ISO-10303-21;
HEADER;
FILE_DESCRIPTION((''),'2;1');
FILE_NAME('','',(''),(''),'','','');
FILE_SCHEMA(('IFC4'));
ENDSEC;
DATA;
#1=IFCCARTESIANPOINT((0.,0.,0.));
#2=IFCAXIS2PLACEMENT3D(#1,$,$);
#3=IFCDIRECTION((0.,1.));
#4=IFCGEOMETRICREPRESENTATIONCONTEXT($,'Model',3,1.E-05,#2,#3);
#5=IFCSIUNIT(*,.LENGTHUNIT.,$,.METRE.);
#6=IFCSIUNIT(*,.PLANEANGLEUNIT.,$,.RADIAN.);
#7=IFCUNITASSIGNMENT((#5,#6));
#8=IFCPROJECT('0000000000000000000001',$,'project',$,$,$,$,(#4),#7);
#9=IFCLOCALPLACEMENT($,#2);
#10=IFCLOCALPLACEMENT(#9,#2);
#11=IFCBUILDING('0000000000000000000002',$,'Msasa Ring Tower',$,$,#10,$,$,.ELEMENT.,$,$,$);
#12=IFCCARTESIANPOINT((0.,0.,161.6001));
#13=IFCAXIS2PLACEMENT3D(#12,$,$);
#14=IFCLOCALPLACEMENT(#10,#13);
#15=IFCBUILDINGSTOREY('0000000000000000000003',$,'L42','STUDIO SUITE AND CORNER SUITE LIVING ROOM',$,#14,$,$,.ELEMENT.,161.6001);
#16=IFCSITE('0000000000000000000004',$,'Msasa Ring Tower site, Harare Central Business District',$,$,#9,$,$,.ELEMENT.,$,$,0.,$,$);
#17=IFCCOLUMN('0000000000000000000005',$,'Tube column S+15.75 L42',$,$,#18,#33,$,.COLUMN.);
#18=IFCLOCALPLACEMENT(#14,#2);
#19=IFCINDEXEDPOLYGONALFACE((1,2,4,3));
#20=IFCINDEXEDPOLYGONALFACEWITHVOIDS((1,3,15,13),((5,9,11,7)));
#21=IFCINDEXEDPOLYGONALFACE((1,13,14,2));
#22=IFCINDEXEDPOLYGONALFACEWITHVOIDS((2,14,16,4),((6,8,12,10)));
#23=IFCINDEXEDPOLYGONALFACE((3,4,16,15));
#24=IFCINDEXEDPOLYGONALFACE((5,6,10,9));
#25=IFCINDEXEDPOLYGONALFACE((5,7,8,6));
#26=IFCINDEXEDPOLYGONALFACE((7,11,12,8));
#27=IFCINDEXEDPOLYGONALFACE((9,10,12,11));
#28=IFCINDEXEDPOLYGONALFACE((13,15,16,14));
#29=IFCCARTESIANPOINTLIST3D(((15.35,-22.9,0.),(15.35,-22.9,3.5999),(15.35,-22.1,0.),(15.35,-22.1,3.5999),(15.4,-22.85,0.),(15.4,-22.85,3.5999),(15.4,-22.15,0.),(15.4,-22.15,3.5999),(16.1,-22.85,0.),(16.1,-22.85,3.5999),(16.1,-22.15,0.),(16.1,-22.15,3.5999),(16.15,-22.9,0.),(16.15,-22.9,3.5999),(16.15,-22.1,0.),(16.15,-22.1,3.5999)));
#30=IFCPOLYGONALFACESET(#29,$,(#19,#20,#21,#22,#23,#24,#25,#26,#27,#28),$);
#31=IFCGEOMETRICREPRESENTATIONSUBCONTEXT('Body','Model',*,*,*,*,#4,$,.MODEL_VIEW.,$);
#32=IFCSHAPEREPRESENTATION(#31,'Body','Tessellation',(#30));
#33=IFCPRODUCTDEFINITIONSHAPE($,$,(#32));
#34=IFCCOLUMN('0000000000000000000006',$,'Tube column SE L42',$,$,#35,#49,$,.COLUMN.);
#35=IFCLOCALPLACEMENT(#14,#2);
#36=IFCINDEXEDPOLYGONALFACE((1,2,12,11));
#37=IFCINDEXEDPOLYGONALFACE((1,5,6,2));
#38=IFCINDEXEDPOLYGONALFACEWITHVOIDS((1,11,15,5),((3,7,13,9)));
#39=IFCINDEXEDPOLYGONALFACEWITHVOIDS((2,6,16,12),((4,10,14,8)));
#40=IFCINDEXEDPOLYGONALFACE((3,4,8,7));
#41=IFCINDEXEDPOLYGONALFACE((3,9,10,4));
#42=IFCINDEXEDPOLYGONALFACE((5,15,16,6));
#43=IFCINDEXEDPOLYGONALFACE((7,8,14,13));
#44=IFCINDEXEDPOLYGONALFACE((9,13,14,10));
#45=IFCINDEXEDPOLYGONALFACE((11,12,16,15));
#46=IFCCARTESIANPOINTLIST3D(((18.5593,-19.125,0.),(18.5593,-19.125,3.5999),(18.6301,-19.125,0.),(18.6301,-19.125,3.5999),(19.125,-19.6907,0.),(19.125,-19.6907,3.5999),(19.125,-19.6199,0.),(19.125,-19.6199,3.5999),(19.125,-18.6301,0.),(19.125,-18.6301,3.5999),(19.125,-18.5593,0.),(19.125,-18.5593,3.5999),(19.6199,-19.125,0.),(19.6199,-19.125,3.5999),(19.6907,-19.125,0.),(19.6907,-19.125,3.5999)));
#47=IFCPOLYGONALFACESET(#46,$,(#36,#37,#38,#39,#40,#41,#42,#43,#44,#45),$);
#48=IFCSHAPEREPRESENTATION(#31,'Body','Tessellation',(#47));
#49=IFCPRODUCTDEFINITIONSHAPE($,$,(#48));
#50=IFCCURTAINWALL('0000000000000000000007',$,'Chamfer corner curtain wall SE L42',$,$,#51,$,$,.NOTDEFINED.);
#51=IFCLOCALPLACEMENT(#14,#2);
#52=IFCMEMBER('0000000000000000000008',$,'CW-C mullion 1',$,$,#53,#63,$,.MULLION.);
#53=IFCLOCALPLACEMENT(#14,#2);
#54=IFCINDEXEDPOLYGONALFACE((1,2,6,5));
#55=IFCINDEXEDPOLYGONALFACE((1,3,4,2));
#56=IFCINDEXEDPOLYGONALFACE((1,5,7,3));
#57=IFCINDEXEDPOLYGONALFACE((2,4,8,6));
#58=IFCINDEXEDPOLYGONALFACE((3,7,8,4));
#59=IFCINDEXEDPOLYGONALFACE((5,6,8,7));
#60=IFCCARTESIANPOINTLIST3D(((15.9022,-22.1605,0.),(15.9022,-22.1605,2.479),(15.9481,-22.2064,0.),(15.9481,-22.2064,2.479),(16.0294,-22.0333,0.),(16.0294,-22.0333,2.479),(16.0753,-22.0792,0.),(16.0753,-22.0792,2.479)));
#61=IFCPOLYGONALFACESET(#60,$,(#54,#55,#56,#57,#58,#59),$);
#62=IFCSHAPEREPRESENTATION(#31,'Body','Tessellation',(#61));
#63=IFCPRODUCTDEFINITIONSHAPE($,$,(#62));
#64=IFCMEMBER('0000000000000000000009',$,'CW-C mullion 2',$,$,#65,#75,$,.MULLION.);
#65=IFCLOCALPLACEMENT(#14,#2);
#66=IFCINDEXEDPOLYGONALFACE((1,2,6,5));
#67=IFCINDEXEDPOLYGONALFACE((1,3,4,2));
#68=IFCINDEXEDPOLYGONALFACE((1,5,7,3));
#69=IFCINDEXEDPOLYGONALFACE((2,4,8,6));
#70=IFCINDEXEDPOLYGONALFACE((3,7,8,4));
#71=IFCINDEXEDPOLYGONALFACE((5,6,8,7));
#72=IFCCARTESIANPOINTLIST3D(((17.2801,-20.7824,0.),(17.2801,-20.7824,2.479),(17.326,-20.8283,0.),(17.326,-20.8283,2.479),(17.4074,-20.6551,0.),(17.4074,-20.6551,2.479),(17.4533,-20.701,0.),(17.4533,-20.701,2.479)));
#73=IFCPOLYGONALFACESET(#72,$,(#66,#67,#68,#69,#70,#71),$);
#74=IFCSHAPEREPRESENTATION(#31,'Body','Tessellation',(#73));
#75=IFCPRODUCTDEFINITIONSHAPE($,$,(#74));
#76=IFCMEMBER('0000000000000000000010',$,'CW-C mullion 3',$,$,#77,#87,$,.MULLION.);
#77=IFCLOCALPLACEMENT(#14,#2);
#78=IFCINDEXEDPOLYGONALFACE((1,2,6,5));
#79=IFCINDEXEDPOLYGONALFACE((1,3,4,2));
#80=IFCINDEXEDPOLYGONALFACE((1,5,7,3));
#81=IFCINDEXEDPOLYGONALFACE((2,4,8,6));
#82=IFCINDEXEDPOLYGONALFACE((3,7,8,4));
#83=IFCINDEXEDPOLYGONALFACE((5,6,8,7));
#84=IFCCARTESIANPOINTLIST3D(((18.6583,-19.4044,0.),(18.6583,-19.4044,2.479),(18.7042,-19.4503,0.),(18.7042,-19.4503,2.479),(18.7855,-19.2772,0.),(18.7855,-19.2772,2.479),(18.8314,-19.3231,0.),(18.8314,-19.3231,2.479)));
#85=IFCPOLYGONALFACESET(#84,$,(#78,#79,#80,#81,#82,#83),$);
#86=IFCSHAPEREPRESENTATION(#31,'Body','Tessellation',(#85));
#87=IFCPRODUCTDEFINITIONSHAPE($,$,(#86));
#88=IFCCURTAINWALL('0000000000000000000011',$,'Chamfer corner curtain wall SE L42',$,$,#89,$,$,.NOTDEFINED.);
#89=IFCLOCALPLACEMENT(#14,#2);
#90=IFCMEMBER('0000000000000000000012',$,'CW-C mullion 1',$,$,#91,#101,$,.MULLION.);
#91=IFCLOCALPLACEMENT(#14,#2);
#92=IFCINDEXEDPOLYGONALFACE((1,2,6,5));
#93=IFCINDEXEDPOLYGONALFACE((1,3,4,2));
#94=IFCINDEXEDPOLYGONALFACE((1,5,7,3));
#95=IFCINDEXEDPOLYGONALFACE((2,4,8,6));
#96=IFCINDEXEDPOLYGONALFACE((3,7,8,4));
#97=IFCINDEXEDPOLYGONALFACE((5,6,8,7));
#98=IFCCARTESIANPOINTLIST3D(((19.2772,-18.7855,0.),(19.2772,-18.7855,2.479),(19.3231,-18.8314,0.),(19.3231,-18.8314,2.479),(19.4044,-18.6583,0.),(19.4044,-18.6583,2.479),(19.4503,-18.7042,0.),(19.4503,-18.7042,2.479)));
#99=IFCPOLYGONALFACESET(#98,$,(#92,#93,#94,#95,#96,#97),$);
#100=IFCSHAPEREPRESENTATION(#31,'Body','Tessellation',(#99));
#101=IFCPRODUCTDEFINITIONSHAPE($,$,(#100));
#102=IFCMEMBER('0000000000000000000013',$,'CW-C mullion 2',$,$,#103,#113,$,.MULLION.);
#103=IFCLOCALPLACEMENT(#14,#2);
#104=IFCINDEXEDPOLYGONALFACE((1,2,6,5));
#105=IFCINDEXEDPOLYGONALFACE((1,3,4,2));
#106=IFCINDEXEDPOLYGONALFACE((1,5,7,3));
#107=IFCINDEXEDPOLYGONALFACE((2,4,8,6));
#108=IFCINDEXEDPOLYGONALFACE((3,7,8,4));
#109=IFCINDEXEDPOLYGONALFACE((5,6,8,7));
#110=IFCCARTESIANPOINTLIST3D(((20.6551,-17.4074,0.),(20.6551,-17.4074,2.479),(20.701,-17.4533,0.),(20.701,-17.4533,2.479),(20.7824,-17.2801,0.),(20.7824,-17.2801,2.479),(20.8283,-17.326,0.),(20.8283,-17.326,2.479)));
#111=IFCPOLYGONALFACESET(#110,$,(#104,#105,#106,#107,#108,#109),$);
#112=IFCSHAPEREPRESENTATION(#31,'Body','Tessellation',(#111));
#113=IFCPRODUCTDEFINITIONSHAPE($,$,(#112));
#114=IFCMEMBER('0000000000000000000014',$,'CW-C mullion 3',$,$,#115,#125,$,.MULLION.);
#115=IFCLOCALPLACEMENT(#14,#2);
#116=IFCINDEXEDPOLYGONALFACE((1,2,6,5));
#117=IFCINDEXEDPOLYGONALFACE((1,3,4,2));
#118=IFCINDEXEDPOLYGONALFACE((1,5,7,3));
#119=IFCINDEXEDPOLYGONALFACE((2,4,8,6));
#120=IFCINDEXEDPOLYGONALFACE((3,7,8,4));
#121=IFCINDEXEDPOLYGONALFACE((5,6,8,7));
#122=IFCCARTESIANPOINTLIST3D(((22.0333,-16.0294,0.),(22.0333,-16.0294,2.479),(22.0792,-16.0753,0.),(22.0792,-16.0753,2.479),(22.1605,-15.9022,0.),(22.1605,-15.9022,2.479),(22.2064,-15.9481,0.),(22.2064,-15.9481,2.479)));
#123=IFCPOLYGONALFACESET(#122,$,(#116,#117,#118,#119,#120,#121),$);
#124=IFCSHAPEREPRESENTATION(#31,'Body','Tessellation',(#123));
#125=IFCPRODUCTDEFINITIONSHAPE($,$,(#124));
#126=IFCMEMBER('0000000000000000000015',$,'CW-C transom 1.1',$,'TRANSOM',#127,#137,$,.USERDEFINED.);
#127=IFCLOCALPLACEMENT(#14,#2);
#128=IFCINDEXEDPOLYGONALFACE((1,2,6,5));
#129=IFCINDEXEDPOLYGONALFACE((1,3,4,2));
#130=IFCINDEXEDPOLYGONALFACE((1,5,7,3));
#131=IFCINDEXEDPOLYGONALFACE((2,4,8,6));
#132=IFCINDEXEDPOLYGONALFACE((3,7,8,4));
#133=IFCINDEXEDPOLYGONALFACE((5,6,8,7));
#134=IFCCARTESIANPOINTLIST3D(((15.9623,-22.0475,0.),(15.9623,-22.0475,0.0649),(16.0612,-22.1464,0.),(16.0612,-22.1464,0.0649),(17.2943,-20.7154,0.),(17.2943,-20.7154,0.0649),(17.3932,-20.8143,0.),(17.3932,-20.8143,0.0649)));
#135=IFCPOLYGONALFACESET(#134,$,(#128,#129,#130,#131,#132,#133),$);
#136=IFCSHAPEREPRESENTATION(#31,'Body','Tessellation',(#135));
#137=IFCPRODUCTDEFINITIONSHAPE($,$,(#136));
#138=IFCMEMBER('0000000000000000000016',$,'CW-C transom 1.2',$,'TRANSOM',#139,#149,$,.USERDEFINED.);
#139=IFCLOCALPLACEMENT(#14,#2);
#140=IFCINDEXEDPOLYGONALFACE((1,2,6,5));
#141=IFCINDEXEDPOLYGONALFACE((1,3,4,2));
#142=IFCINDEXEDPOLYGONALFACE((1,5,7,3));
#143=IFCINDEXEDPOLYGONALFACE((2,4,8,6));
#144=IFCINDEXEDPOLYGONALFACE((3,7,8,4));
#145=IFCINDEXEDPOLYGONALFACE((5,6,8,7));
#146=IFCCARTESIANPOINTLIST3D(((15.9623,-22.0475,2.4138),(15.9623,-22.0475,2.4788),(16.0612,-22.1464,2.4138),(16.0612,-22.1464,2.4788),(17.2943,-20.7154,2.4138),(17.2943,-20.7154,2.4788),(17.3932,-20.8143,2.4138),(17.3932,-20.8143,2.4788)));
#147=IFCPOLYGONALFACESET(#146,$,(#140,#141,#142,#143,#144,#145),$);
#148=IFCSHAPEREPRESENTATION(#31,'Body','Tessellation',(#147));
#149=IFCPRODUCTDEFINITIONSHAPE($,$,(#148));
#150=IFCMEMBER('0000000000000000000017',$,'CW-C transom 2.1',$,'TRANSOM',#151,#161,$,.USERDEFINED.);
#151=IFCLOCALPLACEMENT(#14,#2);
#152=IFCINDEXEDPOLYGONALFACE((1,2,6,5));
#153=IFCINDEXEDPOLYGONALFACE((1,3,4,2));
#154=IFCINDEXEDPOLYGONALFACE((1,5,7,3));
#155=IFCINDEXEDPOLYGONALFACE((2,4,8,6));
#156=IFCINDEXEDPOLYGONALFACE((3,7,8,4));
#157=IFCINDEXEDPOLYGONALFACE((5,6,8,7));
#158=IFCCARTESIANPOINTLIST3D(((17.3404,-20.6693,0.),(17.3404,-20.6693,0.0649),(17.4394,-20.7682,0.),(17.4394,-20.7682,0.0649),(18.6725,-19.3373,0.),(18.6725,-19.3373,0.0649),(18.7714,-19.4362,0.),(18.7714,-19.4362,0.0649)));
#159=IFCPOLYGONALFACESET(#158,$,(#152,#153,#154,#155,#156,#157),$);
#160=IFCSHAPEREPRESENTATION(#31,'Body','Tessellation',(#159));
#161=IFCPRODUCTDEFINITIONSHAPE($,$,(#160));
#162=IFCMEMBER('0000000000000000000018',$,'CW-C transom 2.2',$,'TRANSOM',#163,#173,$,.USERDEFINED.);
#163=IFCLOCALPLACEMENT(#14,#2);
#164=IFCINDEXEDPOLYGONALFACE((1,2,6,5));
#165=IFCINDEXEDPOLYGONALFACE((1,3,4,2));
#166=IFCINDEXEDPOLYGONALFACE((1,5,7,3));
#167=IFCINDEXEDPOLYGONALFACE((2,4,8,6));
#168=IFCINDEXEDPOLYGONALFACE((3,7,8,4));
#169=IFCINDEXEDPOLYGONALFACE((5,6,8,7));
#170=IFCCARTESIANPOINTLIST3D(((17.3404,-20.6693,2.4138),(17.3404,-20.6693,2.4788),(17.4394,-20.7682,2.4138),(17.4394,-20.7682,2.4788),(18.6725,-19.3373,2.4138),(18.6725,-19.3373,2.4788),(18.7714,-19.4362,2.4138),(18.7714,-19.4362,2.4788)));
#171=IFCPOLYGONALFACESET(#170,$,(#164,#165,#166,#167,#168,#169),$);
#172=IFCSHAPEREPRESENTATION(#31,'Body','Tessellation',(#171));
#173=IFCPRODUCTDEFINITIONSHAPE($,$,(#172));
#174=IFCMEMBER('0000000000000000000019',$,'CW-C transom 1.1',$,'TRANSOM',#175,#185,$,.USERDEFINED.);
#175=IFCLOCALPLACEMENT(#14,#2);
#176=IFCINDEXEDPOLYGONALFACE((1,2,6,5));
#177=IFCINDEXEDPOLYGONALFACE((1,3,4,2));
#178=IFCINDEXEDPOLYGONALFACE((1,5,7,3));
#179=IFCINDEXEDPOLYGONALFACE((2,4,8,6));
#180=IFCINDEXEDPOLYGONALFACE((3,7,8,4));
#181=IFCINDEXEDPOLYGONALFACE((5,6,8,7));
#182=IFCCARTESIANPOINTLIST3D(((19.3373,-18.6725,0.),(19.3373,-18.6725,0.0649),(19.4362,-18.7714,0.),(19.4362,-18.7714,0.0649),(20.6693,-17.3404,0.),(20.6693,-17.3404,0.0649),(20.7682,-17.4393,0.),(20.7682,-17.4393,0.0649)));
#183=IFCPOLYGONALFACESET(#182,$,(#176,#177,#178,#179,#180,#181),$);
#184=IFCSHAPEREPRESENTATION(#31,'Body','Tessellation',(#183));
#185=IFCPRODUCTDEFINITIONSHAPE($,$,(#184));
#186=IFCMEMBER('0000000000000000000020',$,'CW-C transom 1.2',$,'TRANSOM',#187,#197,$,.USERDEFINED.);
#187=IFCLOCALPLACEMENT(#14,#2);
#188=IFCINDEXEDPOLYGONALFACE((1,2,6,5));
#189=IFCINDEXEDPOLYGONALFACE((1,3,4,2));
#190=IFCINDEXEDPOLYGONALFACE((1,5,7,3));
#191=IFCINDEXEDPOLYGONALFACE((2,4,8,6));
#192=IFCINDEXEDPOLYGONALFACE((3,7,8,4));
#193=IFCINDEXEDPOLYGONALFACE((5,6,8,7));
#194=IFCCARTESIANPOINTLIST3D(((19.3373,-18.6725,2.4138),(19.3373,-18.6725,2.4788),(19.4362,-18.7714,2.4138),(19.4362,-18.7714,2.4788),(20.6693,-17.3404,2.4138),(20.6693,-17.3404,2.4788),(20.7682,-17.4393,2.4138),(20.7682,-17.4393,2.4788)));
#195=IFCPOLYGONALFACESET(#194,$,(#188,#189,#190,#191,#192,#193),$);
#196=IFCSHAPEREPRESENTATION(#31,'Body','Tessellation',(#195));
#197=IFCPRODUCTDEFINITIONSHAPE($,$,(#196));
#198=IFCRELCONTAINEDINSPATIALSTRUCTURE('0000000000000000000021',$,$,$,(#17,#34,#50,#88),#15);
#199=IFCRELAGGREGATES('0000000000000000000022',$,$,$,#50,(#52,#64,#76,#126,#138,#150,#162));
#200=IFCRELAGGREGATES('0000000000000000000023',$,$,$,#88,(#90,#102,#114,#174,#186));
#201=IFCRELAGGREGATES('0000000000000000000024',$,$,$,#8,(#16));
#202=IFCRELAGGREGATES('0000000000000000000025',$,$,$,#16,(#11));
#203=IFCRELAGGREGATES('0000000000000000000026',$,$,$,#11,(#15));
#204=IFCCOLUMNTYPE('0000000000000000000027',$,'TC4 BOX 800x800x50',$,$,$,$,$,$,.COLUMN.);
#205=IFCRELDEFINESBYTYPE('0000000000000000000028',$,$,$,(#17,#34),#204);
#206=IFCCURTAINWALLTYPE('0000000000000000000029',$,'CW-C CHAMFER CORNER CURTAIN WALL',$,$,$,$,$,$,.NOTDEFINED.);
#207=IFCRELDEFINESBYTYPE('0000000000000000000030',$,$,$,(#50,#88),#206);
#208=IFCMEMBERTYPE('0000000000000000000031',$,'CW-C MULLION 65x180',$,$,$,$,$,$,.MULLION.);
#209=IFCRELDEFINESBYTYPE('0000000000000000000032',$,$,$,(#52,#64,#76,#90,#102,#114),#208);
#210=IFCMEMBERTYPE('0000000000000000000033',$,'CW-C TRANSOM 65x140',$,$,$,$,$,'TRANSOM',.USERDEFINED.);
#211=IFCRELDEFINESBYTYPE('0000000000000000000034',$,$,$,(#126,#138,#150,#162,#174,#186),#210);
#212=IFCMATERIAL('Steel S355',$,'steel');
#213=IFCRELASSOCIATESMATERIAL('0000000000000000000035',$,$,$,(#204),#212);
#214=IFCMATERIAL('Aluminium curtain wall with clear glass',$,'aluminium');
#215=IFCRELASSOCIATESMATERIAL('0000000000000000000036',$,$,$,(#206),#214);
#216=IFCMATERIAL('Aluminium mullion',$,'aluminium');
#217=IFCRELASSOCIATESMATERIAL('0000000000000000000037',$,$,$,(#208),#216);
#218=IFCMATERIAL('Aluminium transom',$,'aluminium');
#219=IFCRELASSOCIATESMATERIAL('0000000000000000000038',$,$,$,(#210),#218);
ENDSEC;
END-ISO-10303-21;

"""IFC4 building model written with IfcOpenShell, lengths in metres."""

from ifc_helpers import new_model, si_unit, direction, frame, origin, origin_2d, place, context, subcontext, project, spatial, rectangle, hollow_rectangle, extrude, material, material_profile, profile_set, type_object, element, aggregate, save


model = new_model("IFC4")

# Units and contexts
model_context = context("Model", 3, precision=1e-05, world=origin(), true_north=direction((0.0, 1.0)))
body_context = subcontext(model_context, "Body", "Model", "MODEL_VIEW")
ifc_project = project(units=[si_unit("LENGTHUNIT", "METRE"), si_unit("PLANEANGLEUNIT", "RADIAN")], contexts=[model_context])

# Site, building, storey
site_placement = place(None, origin())
site = spatial("IfcSite", under=ifc_project, at=site_placement, Name="Msasa Ring Tower site, Harare Central Business District", CompositionType="ELEMENT", RefElevation=0.0)
building_placement = place(site_placement, origin())
building = spatial("IfcBuilding", under=site, at=building_placement, Name="Msasa Ring Tower", CompositionType="ELEMENT")
storey_placement = place(building_placement, frame((0.0, 0.0, 161.6001)))
storey = spatial("IfcBuildingStorey", under=building, at=storey_placement, Name="L42", Description="STUDIO SUITE AND CORNER SUITE LIVING ROOM", CompositionType="ELEMENT", Elevation=161.6001)

# Columns
ifc_material_1 = material(Name="Steel S355", Category="steel")
ifc_material_profile_1 = material_profile(ifc_material_1, hollow_rectangle(XDim=0.8, YDim=0.8, WallThickness=0.05, at=origin_2d()), Name="BOX 800x800x50")
ifc_profile_set_1 = profile_set([ifc_material_profile_1], Name="Steel S355")
column_type = type_object("IfcColumnType", Name="TC4 BOX 800x800x50", PredefinedType="COLUMN", material=ifc_profile_set_1)
for number, where, z_axis, x_axis, name in (
    (1, (15.75, -22.5, 0.0), (0.0, 0.0, 1.0), (0.0, 1.0, 0.0), "Tube column S+15.75 L42"),
    (2, (19.125, -19.125, 0.0), (0.0, 0.0, 1.0), (0.707107, -0.707107, 0.0), "Tube column SE L42"),
):
    element("IfcColumn", number, at=place(storey_placement, frame(where, z_axis=z_axis, x_axis=x_axis)), inside=storey, type_object=column_type, Name=name, PredefinedType="COLUMN", context=body_context, shape_type="SweptSolid", body=[
        extrude(hollow_rectangle(XDim=0.8, YDim=0.8, WallThickness=0.05, at=origin_2d()), origin(), (0.0, 0.0, 1.0), 3.5999),
    ])

# Curtain walls, members
ifc_material_2 = material(Name="Aluminium curtain wall with clear glass", Category="aluminium")
curtain_wall_type = type_object("IfcCurtainWallType", Name="CW-C CHAMFER CORNER CURTAIN WALL", PredefinedType="NOTDEFINED", material=ifc_material_2)
curtain_wall_1_placement = place(storey_placement, origin())
curtain_wall_1 = element("IfcCurtainWall", 3, at=curtain_wall_1_placement, inside=storey, type_object=curtain_wall_type, Name="Chamfer corner curtain wall SE L42", PredefinedType="NOTDEFINED")
ifc_material_3 = material(Name="Aluminium mullion", Category="aluminium")
ifc_material_profile_2 = material_profile(ifc_material_3, rectangle(XDim=0.0649, YDim=0.1799, at=origin_2d()), Name="AL 65x180")
ifc_profile_set_2 = profile_set([ifc_material_profile_2], Name="Aluminium mullion")
member_type_1 = type_object("IfcMemberType", Name="CW-C MULLION 65x180", PredefinedType="MULLION", material=ifc_profile_set_2)
member_1_placement = place(storey_placement, frame((15.9888, -22.1199, 0.0), z_axis=(0.0, 0.0, 1.0), x_axis=(-0.707107, 0.707107, 0.0)))
member_1 = element("IfcMember", 4, at=member_1_placement, type_object=member_type_1, Name="CW-C mullion 1", PredefinedType="MULLION", context=body_context, shape_type="SweptSolid", body=[
    extrude(rectangle(XDim=0.0649, YDim=0.1799, at=origin_2d()), origin(), (0.0, 0.0, 1.0), 2.479),
])
member_2_placement = place(storey_placement, frame((17.3667, -20.7417, 0.0), z_axis=(0.0, 0.0, 1.0), x_axis=(-0.707107, 0.707107, 0.0)))
member_2 = element("IfcMember", 5, at=member_2_placement, type_object=member_type_1, Name="CW-C mullion 2", PredefinedType="MULLION", context=body_context, shape_type="SweptSolid", body=[
    extrude(rectangle(XDim=0.0649, YDim=0.1799, at=origin_2d()), origin(), (0.0, 0.0, 1.0), 2.479),
])
member_3_placement = place(storey_placement, frame((18.7449, -19.3638, 0.0), z_axis=(0.0, 0.0, 1.0), x_axis=(-0.707107, 0.707107, 0.0)))
member_3 = element("IfcMember", 6, at=member_3_placement, type_object=member_type_1, Name="CW-C mullion 3", PredefinedType="MULLION", context=body_context, shape_type="SweptSolid", body=[
    extrude(rectangle(XDim=0.0649, YDim=0.1799, at=origin_2d()), origin(), (0.0, 0.0, 1.0), 2.479),
])
curtain_wall_2_placement = place(storey_placement, origin())
curtain_wall_2 = element("IfcCurtainWall", 7, at=curtain_wall_2_placement, inside=storey, type_object=curtain_wall_type, Name="Chamfer corner curtain wall SE L42", PredefinedType="NOTDEFINED")
member_4_placement = place(storey_placement, frame((19.3638, -18.7449, 0.0), z_axis=(0.0, 0.0, 1.0), x_axis=(-0.707107, 0.707107, 0.0)))
member_4 = element("IfcMember", 8, at=member_4_placement, type_object=member_type_1, Name="CW-C mullion 1", PredefinedType="MULLION", context=body_context, shape_type="SweptSolid", body=[
    extrude(rectangle(XDim=0.0649, YDim=0.1799, at=origin_2d()), origin(), (0.0, 0.0, 1.0), 2.479),
])
member_5_placement = place(storey_placement, frame((20.7417, -17.3667, 0.0), z_axis=(0.0, 0.0, 1.0), x_axis=(-0.707107, 0.707107, 0.0)))
member_5 = element("IfcMember", 9, at=member_5_placement, type_object=member_type_1, Name="CW-C mullion 2", PredefinedType="MULLION", context=body_context, shape_type="SweptSolid", body=[
    extrude(rectangle(XDim=0.0649, YDim=0.1799, at=origin_2d()), origin(), (0.0, 0.0, 1.0), 2.479),
])
member_6_placement = place(storey_placement, frame((22.1199, -15.9888, 0.0), z_axis=(0.0, 0.0, 1.0), x_axis=(-0.707107, 0.707107, 0.0)))
member_6 = element("IfcMember", 10, at=member_6_placement, type_object=member_type_1, Name="CW-C mullion 3", PredefinedType="MULLION", context=body_context, shape_type="SweptSolid", body=[
    extrude(rectangle(XDim=0.0649, YDim=0.1799, at=origin_2d()), origin(), (0.0, 0.0, 1.0), 2.479),
])

# Members
ifc_material_4 = material(Name="Aluminium transom", Category="aluminium")
ifc_material_profile_3 = material_profile(ifc_material_4, rectangle(XDim=0.1399, YDim=0.0649, at=origin_2d()), Name="AL 65x140")
ifc_profile_set_3 = profile_set([ifc_material_profile_3], Name="Aluminium transom")
member_type_2 = type_object("IfcMemberType", Name="CW-C TRANSOM 65x140", ElementType="TRANSOM", PredefinedType="USERDEFINED", material=ifc_profile_set_3)
member_7_placement = place(storey_placement, frame((16.0117, -22.0969, 0.0325), z_axis=(0.707107, 0.707107, 0.0), x_axis=(-0.707107, 0.707107, 0.0)))
member_7 = element("IfcMember", 11, at=member_7_placement, type_object=member_type_2, Name="CW-C transom 1.1", ObjectType="TRANSOM", PredefinedType="USERDEFINED", context=body_context, shape_type="SweptSolid", body=[
    extrude(rectangle(XDim=0.1399, YDim=0.0649, at=origin_2d()), origin(), (0.0, 0.0, 1.0), 1.8838),
])
member_8_placement = place(storey_placement, frame((16.0117, -22.0969, 2.4463), z_axis=(0.707107, 0.707107, 0.0), x_axis=(-0.707107, 0.707107, 0.0)))
member_8 = element("IfcMember", 12, at=member_8_placement, type_object=member_type_2, Name="CW-C transom 1.2", ObjectType="TRANSOM", PredefinedType="USERDEFINED", context=body_context, shape_type="SweptSolid", body=[
    extrude(rectangle(XDim=0.1399, YDim=0.0649, at=origin_2d()), origin(), (0.0, 0.0, 1.0), 1.8838),
])
member_9_placement = place(storey_placement, frame((17.3899, -20.7188, 0.0325), z_axis=(0.707107, 0.707107, 0.0), x_axis=(-0.707107, 0.707107, 0.0)))
member_9 = element("IfcMember", 13, at=member_9_placement, type_object=member_type_2, Name="CW-C transom 2.1", ObjectType="TRANSOM", PredefinedType="USERDEFINED", context=body_context, shape_type="SweptSolid", body=[
    extrude(rectangle(XDim=0.1399, YDim=0.0649, at=origin_2d()), origin(), (0.0, 0.0, 1.0), 1.8838),
])
member_10_placement = place(storey_placement, frame((17.3899, -20.7188, 2.4463), z_axis=(0.707107, 0.707107, 0.0), x_axis=(-0.707107, 0.707107, 0.0)))
member_10 = element("IfcMember", 14, at=member_10_placement, type_object=member_type_2, Name="CW-C transom 2.2", ObjectType="TRANSOM", PredefinedType="USERDEFINED", context=body_context, shape_type="SweptSolid", body=[
    extrude(rectangle(XDim=0.1399, YDim=0.0649, at=origin_2d()), origin(), (0.0, 0.0, 1.0), 1.8838),
])
member_11_placement = place(storey_placement, frame((19.3867, -18.7219, 0.0325), z_axis=(0.707107, 0.707107, 0.0), x_axis=(-0.707107, 0.707107, 0.0)))
member_11 = element("IfcMember", 15, at=member_11_placement, type_object=member_type_2, Name="CW-C transom 1.1", ObjectType="TRANSOM", PredefinedType="USERDEFINED", context=body_context, shape_type="SweptSolid", body=[
    extrude(rectangle(XDim=0.1399, YDim=0.0649, at=origin_2d()), origin(), (0.0, 0.0, 1.0), 1.8838),
])
member_12_placement = place(storey_placement, frame((19.3867, -18.7219, 2.4463), z_axis=(0.707107, 0.707107, 0.0), x_axis=(-0.707107, 0.707107, 0.0)))
member_12 = element("IfcMember", 16, at=member_12_placement, type_object=member_type_2, Name="CW-C transom 1.2", ObjectType="TRANSOM", PredefinedType="USERDEFINED", context=body_context, shape_type="SweptSolid", body=[
    extrude(rectangle(XDim=0.1399, YDim=0.0649, at=origin_2d()), origin(), (0.0, 0.0, 1.0), 1.8838),
])

aggregate(curtain_wall_1, [member_1, member_2, member_3, member_7, member_8, member_9, member_10])
aggregate(curtain_wall_2, [member_4, member_5, member_6, member_11, member_12])

save(model, "model.ifc")
